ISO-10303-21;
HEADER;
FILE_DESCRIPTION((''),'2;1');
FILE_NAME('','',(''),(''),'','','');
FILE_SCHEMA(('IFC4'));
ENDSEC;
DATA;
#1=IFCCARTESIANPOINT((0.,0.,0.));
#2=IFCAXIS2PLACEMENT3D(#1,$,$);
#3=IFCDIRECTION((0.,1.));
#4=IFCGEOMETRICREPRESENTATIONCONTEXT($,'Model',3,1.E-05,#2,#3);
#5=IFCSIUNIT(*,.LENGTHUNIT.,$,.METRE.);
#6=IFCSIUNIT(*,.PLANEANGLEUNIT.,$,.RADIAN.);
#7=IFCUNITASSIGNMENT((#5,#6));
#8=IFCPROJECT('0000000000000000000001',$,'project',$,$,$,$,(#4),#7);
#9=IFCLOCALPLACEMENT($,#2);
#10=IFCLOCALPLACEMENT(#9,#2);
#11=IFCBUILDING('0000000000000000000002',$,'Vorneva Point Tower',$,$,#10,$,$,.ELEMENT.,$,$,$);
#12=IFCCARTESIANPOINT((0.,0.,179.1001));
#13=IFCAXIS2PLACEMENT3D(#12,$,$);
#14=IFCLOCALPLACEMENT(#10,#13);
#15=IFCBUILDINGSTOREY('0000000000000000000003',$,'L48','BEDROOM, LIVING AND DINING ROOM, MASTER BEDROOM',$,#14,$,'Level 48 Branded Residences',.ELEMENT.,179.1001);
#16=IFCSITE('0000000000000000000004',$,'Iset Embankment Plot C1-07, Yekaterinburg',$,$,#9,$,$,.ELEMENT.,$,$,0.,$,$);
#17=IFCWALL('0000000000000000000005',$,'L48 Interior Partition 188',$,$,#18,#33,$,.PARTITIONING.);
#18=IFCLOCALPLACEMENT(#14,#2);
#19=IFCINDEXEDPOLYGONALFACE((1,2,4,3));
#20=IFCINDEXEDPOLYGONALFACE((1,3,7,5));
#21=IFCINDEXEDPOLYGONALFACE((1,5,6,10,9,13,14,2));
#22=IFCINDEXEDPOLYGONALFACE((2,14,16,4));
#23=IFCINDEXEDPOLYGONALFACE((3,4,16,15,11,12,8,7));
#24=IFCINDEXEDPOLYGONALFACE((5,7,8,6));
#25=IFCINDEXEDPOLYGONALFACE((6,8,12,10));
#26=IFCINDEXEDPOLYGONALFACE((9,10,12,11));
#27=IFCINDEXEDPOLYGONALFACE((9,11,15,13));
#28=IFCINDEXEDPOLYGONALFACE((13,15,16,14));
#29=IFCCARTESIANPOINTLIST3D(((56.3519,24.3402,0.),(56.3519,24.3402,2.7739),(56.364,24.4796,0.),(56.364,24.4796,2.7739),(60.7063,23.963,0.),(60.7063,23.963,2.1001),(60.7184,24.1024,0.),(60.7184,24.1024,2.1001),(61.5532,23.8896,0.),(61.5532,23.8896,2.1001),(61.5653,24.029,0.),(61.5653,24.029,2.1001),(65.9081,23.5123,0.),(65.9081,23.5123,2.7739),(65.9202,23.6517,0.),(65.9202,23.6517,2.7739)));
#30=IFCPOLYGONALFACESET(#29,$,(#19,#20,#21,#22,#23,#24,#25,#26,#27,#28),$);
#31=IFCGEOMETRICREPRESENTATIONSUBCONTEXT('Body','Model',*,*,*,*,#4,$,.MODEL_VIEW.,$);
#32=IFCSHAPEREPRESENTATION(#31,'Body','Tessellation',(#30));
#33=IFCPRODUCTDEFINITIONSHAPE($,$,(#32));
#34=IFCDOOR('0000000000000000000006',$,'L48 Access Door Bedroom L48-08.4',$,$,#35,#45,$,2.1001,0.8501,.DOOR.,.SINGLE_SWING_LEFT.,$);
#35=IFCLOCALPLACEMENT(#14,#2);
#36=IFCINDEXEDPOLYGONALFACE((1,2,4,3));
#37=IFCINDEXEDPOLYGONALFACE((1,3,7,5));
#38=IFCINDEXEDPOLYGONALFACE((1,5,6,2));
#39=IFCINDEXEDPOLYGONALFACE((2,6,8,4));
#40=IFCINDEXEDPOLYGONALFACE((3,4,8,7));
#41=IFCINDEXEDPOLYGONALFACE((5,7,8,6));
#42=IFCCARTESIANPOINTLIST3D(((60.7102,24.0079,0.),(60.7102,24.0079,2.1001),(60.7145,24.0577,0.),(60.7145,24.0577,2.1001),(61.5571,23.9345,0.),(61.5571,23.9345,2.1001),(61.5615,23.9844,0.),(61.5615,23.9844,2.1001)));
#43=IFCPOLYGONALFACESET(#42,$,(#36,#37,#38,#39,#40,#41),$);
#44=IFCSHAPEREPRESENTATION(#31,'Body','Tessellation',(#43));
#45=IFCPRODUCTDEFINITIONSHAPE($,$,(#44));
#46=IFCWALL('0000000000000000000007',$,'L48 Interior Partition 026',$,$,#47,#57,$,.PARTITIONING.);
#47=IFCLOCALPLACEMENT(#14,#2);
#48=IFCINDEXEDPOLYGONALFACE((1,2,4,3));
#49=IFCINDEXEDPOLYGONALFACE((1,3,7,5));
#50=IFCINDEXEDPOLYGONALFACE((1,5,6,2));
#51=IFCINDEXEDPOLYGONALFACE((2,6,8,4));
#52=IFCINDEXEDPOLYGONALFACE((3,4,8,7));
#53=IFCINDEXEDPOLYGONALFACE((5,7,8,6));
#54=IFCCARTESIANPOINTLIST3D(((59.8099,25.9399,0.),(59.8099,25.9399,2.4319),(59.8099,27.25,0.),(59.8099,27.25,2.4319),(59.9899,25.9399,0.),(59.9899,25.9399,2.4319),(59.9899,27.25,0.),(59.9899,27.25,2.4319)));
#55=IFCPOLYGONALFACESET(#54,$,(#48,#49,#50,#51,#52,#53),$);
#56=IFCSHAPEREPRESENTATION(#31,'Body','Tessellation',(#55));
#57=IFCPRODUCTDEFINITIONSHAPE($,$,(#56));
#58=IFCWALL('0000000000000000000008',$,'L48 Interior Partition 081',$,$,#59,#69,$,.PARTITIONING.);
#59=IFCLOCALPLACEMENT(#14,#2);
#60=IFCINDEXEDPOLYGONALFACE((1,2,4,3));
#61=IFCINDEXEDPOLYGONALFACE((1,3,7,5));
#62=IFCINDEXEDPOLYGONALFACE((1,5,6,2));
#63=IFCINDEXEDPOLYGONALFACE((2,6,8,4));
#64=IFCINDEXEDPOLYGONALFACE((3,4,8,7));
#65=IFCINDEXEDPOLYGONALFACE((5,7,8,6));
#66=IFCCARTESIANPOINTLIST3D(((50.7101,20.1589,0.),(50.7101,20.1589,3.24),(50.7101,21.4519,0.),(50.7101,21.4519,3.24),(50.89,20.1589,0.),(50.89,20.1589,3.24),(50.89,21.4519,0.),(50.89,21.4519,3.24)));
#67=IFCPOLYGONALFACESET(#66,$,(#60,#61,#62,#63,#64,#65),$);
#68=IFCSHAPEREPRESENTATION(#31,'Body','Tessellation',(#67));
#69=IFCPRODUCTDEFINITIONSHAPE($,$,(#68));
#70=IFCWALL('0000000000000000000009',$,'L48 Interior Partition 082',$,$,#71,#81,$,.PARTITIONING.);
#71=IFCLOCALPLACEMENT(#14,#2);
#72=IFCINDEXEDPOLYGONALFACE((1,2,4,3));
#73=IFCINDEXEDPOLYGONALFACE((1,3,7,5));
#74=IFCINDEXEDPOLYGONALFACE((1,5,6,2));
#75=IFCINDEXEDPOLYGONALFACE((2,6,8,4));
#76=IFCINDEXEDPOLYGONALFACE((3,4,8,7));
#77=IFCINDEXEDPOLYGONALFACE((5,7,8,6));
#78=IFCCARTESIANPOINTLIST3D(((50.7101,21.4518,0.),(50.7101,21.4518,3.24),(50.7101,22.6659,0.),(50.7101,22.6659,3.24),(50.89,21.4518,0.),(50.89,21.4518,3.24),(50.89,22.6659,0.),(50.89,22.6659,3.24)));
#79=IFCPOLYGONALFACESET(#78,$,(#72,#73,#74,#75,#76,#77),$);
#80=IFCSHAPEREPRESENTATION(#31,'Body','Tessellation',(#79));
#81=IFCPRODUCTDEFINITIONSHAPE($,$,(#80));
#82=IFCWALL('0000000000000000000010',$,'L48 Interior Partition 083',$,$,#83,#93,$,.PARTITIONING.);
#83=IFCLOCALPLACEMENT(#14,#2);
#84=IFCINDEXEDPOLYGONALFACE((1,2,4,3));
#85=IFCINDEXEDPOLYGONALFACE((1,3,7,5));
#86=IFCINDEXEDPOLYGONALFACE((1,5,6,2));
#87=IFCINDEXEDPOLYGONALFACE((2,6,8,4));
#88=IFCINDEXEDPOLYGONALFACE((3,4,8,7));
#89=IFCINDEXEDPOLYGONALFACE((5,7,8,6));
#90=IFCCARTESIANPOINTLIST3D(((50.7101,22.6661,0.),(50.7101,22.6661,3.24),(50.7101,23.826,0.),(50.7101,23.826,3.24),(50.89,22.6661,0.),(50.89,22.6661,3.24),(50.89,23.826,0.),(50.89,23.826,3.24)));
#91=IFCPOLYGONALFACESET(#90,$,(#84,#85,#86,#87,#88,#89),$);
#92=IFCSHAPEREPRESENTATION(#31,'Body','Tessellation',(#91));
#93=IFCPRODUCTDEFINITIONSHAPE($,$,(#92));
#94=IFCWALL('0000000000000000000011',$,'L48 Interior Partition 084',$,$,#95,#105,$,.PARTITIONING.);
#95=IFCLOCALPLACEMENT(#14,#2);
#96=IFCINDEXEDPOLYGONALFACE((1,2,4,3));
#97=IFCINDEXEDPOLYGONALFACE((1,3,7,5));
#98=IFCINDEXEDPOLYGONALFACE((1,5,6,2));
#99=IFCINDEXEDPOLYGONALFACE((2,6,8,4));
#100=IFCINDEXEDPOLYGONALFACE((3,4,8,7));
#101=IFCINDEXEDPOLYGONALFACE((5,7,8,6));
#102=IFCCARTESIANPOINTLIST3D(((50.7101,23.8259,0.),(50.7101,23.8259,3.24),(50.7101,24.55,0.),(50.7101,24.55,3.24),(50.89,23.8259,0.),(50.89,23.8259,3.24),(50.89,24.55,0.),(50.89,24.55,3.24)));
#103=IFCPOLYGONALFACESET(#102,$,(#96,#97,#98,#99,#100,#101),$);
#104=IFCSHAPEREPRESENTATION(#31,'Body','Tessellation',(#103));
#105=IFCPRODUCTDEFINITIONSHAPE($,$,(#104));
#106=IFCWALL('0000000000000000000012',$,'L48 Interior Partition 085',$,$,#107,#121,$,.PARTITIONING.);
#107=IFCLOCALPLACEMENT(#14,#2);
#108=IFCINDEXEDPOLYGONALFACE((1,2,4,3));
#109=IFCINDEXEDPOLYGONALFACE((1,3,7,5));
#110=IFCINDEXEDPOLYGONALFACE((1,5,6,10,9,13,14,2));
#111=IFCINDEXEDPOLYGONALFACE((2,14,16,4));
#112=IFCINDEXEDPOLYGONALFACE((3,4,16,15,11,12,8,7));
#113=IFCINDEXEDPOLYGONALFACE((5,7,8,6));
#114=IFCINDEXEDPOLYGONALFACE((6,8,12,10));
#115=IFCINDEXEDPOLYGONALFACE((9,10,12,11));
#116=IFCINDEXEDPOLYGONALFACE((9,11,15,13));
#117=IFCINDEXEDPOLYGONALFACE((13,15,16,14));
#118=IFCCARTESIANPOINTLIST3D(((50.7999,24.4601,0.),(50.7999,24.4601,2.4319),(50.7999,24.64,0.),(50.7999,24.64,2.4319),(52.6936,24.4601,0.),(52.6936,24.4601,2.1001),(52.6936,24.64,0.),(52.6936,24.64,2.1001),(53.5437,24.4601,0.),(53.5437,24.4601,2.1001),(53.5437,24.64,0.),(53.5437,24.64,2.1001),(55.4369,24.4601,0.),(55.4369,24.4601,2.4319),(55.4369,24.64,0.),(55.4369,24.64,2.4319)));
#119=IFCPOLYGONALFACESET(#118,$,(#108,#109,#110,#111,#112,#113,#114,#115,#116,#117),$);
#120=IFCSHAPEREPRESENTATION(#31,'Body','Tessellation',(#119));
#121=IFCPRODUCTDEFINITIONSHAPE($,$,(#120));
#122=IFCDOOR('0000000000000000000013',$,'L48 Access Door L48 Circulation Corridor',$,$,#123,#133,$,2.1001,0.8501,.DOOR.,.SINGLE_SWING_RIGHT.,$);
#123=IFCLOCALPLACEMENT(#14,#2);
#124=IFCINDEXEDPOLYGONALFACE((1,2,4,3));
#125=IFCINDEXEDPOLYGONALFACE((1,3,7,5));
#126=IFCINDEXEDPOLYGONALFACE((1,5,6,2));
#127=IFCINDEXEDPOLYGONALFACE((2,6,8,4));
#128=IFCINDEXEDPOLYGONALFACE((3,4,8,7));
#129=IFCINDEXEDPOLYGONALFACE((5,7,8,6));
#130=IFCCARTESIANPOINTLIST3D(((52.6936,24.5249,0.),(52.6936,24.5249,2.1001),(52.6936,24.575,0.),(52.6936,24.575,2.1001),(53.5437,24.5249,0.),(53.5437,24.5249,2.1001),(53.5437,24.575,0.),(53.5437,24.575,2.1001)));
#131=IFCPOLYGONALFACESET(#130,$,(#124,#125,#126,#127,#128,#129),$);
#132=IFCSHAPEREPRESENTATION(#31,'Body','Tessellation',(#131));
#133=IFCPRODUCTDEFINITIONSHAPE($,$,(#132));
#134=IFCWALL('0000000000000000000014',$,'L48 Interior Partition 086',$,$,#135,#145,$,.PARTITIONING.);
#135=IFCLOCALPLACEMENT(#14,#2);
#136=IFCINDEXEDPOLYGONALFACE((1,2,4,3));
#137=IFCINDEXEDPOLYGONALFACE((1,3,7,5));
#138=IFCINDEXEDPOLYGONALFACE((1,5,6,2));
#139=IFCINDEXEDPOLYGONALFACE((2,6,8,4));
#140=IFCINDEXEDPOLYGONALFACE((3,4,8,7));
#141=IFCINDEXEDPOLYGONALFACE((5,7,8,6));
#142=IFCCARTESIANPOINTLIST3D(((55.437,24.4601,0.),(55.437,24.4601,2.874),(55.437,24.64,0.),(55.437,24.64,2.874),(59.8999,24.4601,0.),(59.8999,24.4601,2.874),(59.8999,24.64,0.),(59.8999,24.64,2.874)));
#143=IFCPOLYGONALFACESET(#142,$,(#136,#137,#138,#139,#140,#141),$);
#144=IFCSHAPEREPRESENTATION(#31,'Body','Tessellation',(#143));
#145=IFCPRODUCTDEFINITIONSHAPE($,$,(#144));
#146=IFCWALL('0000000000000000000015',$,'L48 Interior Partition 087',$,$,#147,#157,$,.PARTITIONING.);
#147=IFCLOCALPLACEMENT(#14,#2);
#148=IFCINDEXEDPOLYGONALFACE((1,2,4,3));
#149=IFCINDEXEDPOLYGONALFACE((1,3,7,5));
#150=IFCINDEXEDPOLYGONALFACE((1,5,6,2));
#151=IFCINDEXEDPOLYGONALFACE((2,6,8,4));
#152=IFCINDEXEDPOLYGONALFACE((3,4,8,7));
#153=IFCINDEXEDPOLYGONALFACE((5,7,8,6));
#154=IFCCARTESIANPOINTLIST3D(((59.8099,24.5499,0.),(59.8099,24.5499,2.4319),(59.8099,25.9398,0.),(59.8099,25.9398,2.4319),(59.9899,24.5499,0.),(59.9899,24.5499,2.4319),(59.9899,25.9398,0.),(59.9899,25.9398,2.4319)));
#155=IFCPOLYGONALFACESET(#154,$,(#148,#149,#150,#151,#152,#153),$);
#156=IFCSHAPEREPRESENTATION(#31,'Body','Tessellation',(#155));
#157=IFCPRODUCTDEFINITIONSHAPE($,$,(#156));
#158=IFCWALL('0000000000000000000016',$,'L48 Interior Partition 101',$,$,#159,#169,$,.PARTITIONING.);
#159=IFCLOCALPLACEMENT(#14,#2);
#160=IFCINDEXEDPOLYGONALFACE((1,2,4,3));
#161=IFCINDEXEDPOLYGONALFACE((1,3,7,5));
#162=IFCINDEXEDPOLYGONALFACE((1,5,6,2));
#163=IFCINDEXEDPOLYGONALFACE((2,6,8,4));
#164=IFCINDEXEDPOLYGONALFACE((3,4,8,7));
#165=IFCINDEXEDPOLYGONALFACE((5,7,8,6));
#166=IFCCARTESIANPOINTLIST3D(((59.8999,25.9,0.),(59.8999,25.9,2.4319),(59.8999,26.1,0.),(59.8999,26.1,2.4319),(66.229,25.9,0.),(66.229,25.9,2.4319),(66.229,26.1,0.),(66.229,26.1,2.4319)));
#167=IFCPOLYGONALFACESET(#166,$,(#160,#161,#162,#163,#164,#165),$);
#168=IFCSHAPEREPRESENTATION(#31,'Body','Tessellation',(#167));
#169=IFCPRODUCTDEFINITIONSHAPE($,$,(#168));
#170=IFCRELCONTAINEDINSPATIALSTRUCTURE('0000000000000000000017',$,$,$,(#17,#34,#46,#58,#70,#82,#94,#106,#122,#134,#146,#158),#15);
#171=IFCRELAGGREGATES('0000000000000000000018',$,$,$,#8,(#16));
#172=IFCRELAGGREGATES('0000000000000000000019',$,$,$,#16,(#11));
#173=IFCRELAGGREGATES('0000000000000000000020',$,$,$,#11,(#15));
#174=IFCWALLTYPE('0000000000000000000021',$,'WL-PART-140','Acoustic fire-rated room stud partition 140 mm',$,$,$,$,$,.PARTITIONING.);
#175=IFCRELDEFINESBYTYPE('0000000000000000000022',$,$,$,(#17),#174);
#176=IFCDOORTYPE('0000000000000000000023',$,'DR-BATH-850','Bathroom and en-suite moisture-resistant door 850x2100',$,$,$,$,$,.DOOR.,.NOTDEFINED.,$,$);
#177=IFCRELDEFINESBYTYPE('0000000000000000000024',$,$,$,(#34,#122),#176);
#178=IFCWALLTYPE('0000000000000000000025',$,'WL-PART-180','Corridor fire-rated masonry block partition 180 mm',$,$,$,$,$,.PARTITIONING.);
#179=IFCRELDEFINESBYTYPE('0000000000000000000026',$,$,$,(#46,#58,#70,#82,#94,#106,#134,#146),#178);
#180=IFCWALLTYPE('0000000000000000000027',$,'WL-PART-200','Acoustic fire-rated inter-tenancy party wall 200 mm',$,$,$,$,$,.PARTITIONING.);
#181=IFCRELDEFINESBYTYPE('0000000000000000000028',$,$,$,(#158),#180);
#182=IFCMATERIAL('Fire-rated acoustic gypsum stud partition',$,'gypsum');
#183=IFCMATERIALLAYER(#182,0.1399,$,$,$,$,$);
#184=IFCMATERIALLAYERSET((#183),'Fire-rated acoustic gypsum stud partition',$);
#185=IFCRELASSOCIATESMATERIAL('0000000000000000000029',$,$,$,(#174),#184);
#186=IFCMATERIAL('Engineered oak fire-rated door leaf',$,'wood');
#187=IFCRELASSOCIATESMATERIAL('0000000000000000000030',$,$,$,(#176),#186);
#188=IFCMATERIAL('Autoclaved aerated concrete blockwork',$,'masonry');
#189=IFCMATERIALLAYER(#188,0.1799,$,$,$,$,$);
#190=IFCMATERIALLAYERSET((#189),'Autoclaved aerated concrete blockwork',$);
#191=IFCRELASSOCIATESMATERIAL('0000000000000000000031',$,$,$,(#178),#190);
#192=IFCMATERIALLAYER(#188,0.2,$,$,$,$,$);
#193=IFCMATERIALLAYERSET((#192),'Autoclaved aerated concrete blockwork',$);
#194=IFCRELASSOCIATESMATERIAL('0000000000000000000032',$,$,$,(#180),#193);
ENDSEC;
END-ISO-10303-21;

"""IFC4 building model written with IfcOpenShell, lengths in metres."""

from ifc_helpers import new_model, si_unit, direction, frame, frame_2d, origin, place, context, subcontext, project, spatial, rectangle, extrude, material, layer, layer_set, type_object, element, fill, save


model = new_model("IFC4")

# Units and contexts
model_context = context("Model", 3, precision=1e-05, world=origin(), true_north=direction((0.0, 1.0)))
body_context = subcontext(model_context, "Body", "Model", "MODEL_VIEW")
ifc_project = project(units=[si_unit("LENGTHUNIT", "METRE"), si_unit("PLANEANGLEUNIT", "RADIAN")], contexts=[model_context])

# Site, building, storey
site_placement = place(None, origin())
site = spatial("IfcSite", under=ifc_project, at=site_placement, Name="Iset Embankment Plot C1-07, Yekaterinburg", CompositionType="ELEMENT", RefElevation=0.0)
building_placement = place(site_placement, origin())
building = spatial("IfcBuilding", under=site, at=building_placement, Name="Vorneva Point Tower", CompositionType="ELEMENT")
storey_placement = place(building_placement, frame((0.0, 0.0, 179.1001)))
storey = spatial("IfcBuildingStorey", under=building, at=storey_placement, Name="L48", Description="BEDROOM, LIVING AND DINING ROOM, MASTER BEDROOM", LongName="Level 48 Branded Residences", CompositionType="ELEMENT", Elevation=179.1001)

# Shared definitions
ifc_material_1 = material(Name="Fire-rated acoustic gypsum stud partition", Category="gypsum")
ifc_layer_1 = layer(ifc_material_1, 0.1399)
ifc_layer_set_1 = layer_set([ifc_layer_1], Name="Fire-rated acoustic gypsum stud partition")
wall_type_1 = type_object("IfcWallType", Name="WL-PART-140", Description="Acoustic fire-rated room stud partition 140 mm", PredefinedType="PARTITIONING", material=ifc_layer_set_1)
ifc_material_2 = material(Name="Engineered oak fire-rated door leaf", Category="wood")
door_type_1 = type_object("IfcDoorType", Name="DR-BATH-850", Description="Bathroom and en-suite moisture-resistant door 850x2100", OperationType="NOTDEFINED", PredefinedType="DOOR", material=ifc_material_2)

# Wall, opening, door
wall_1_placement = place(storey_placement, frame((65.9141, 23.582, 0.0), z_axis=(0.0, 0.0, 1.0), x_axis=(-0.996268, 0.08631, 0.0)))
wall_1 = element("IfcWall", 1, at=wall_1_placement, inside=storey, type_object=wall_type_1, Name="L48 Interior Partition 188", PredefinedType="PARTITIONING", context=body_context, shape_type="SweptSolid", body=[
    extrude(rectangle(XDim=9.592, YDim=0.1399, at=frame_2d((4.7959, 0.0))), origin(), (0.0, 0.0, 1.0), 2.7739),
])
opening_1_placement = place(wall_1_placement, frame((4.3711, 0.0, 0.0)))
opening_1 = element("IfcOpeningElement", 2, at=opening_1_placement, cuts=wall_1, PredefinedType="OPENING", context=body_context, shape_type="SweptSolid", body=[
    extrude(rectangle(XDim=0.8501, YDim=2.1001, at=frame_2d((0.425, 1.05))), frame((0.0, 0.085, 0.0), z_axis=(0.0, -1.0, 0.0), x_axis=(1.0, 0.0, 0.0)), (0.0, 0.0, 1.0), 0.1697),
])
door_1_placement = place(opening_1_placement, origin())
door_1 = element("IfcDoor", 3, at=door_1_placement, inside=storey, type_object=door_type_1, Name="L48 Access Door Bedroom L48-08.4", OperationType="SINGLE_SWING_LEFT", OverallHeight=2.1001, OverallWidth=0.8501, PredefinedType="DOOR", context=body_context, shape_type="SweptSolid", body=[
    extrude(rectangle(XDim=0.8501, YDim=2.1001, at=frame_2d((0.425, 1.05))), frame((0.0, 0.0249, 0.0), z_axis=(0.0, -1.0, 0.0), x_axis=(1.0, 0.0, 0.0)), (0.0, 0.0, 1.0), 0.05),
])
fill(opening_1, door_1)

# Walls
ifc_material_3 = material(Name="Autoclaved aerated concrete blockwork", Category="masonry")
ifc_layer_2 = layer(ifc_material_3, 0.1799)
ifc_layer_set_2 = layer_set([ifc_layer_2], Name="Autoclaved aerated concrete blockwork")
wall_type_2 = type_object("IfcWallType", Name="WL-PART-180", Description="Corridor fire-rated masonry block partition 180 mm", PredefinedType="PARTITIONING", material=ifc_layer_set_2)
wall_2_placement = place(storey_placement, frame((59.8999, 25.9399, 0.0), z_axis=(0.0, 0.0, 1.0), x_axis=(0.0, 1.0, 0.0)))
element("IfcWall", 4, at=wall_2_placement, inside=storey, type_object=wall_type_2, Name="L48 Interior Partition 026", PredefinedType="PARTITIONING", context=body_context, shape_type="SweptSolid", body=[
    extrude(rectangle(XDim=1.3101, YDim=0.1799, at=frame_2d((0.655, 0.0))), origin(), (0.0, 0.0, 1.0), 2.4319),
])
wall_3_placement = place(storey_placement, frame((50.8, 20.1589, 0.0), z_axis=(0.0, 0.0, 1.0), x_axis=(0.0, 1.0, 0.0)))
element("IfcWall", 5, at=wall_3_placement, inside=storey, type_object=wall_type_2, Name="L48 Interior Partition 081", PredefinedType="PARTITIONING", context=body_context, shape_type="SweptSolid", body=[
    extrude(rectangle(XDim=1.293, YDim=0.1799, at=frame_2d((0.6465, 0.0))), origin(), (0.0, 0.0, 1.0), 3.24),
])
wall_4_placement = place(storey_placement, frame((50.8, 21.4519, 0.0), z_axis=(0.0, 0.0, 1.0), x_axis=(0.0, 1.0, 0.0)))
element("IfcWall", 6, at=wall_4_placement, inside=storey, type_object=wall_type_2, Name="L48 Interior Partition 082", PredefinedType="PARTITIONING", context=body_context, shape_type="SweptSolid", body=[
    extrude(rectangle(XDim=1.2141, YDim=0.1799, at=frame_2d((0.6069, 0.0))), origin(), (0.0, 0.0, 1.0), 3.24),
])
wall_5_placement = place(storey_placement, frame((50.8, 22.666, 0.0), z_axis=(0.0, 0.0, 1.0), x_axis=(0.0, 1.0, 0.0)))
element("IfcWall", 7, at=wall_5_placement, inside=storey, type_object=wall_type_2, Name="L48 Interior Partition 083", PredefinedType="PARTITIONING", context=body_context, shape_type="SweptSolid", body=[
    extrude(rectangle(XDim=1.1599, YDim=0.1799, at=frame_2d((0.5801, 0.0))), origin(), (0.0, 0.0, 1.0), 3.24),
])
wall_6_placement = place(storey_placement, frame((50.8, 23.8259, 0.0), z_axis=(0.0, 0.0, 1.0), x_axis=(0.0, 1.0, 0.0)))
element("IfcWall", 8, at=wall_6_placement, inside=storey, type_object=wall_type_2, Name="L48 Interior Partition 084", PredefinedType="PARTITIONING", context=body_context, shape_type="SweptSolid", body=[
    extrude(rectangle(XDim=0.7241, YDim=0.1799, at=frame_2d((0.3621, 0.0))), origin(), (0.0, 0.0, 1.0), 3.24),
])

# Wall, opening, door
wall_7_placement = place(storey_placement, frame((50.8, 24.55, 0.0), z_axis=(0.0, 0.0, 1.0), x_axis=(1.0, 0.0, 0.0)))
wall_7 = element("IfcWall", 9, at=wall_7_placement, inside=storey, type_object=wall_type_2, Name="L48 Interior Partition 085", PredefinedType="PARTITIONING", context=body_context, shape_type="SweptSolid", body=[
    extrude(rectangle(XDim=4.637, YDim=0.1799, at=frame_2d((2.3184, 0.0))), origin(), (0.0, 0.0, 1.0), 2.4319),
])
opening_2_placement = place(wall_7_placement, frame((1.8936, 0.0, 0.0)))
opening_2 = element("IfcOpeningElement", 10, at=opening_2_placement, cuts=wall_7, PredefinedType="OPENING", context=body_context, shape_type="SweptSolid", body=[
    extrude(rectangle(XDim=0.8501, YDim=2.1001, at=frame_2d((0.425, 1.05))), frame((0.0, 0.105, 0.0), z_axis=(0.0, -1.0, 0.0), x_axis=(1.0, 0.0, 0.0)), (0.0, 0.0, 1.0), 0.2097),
])
door_2_placement = place(opening_2_placement, origin())
door_2 = element("IfcDoor", 11, at=door_2_placement, inside=storey, type_object=door_type_1, Name="L48 Access Door L48 Circulation Corridor", OperationType="SINGLE_SWING_RIGHT", OverallHeight=2.1001, OverallWidth=0.8501, PredefinedType="DOOR", context=body_context, shape_type="SweptSolid", body=[
    extrude(rectangle(XDim=0.8501, YDim=2.1001, at=frame_2d((0.425, 1.05))), frame((0.0, 0.0249, 0.0), z_axis=(0.0, -1.0, 0.0), x_axis=(1.0, 0.0, 0.0)), (0.0, 0.0, 1.0), 0.05),
])
fill(opening_2, door_2)

# Walls
wall_8_placement = place(storey_placement, frame((55.437, 24.55, 0.0), z_axis=(0.0, 0.0, 1.0), x_axis=(1.0, 0.0, 0.0)))
element("IfcWall", 12, at=wall_8_placement, inside=storey, type_object=wall_type_2, Name="L48 Interior Partition 086", PredefinedType="PARTITIONING", context=body_context, shape_type="SweptSolid", body=[
    extrude(rectangle(XDim=4.4629, YDim=0.1799, at=frame_2d((2.2314, 0.0))), origin(), (0.0, 0.0, 1.0), 2.874),
])
wall_9_placement = place(storey_placement, frame((59.8999, 24.55, 0.0), z_axis=(0.0, 0.0, 1.0), x_axis=(0.0, 1.0, 0.0)))
element("IfcWall", 13, at=wall_9_placement, inside=storey, type_object=wall_type_2, Name="L48 Interior Partition 087", PredefinedType="PARTITIONING", context=body_context, shape_type="SweptSolid", body=[
    extrude(rectangle(XDim=1.3899, YDim=0.1799, at=frame_2d((0.6948, 0.0))), origin(), (0.0, 0.0, 1.0), 2.4319),
])
ifc_layer_3 = layer(ifc_material_3, 0.2)
ifc_layer_set_3 = layer_set([ifc_layer_3], Name="Autoclaved aerated concrete blockwork")
wall_type_3 = type_object("IfcWallType", Name="WL-PART-200", Description="Acoustic fire-rated inter-tenancy party wall 200 mm", PredefinedType="PARTITIONING", material=ifc_layer_set_3)
wall_10_placement = place(storey_placement, frame((59.8999, 26.0, 0.0), z_axis=(0.0, 0.0, 1.0), x_axis=(1.0, 0.0, 0.0)))
element("IfcWall", 14, at=wall_10_placement, inside=storey, type_object=wall_type_3, Name="L48 Interior Partition 101", PredefinedType="PARTITIONING", context=body_context, shape_type="SweptSolid", body=[
    extrude(rectangle(XDim=6.3291, YDim=0.2, at=frame_2d((3.1646, 0.0))), origin(), (0.0, 0.0, 1.0), 2.4319),
])

save(model, "model.ifc")
